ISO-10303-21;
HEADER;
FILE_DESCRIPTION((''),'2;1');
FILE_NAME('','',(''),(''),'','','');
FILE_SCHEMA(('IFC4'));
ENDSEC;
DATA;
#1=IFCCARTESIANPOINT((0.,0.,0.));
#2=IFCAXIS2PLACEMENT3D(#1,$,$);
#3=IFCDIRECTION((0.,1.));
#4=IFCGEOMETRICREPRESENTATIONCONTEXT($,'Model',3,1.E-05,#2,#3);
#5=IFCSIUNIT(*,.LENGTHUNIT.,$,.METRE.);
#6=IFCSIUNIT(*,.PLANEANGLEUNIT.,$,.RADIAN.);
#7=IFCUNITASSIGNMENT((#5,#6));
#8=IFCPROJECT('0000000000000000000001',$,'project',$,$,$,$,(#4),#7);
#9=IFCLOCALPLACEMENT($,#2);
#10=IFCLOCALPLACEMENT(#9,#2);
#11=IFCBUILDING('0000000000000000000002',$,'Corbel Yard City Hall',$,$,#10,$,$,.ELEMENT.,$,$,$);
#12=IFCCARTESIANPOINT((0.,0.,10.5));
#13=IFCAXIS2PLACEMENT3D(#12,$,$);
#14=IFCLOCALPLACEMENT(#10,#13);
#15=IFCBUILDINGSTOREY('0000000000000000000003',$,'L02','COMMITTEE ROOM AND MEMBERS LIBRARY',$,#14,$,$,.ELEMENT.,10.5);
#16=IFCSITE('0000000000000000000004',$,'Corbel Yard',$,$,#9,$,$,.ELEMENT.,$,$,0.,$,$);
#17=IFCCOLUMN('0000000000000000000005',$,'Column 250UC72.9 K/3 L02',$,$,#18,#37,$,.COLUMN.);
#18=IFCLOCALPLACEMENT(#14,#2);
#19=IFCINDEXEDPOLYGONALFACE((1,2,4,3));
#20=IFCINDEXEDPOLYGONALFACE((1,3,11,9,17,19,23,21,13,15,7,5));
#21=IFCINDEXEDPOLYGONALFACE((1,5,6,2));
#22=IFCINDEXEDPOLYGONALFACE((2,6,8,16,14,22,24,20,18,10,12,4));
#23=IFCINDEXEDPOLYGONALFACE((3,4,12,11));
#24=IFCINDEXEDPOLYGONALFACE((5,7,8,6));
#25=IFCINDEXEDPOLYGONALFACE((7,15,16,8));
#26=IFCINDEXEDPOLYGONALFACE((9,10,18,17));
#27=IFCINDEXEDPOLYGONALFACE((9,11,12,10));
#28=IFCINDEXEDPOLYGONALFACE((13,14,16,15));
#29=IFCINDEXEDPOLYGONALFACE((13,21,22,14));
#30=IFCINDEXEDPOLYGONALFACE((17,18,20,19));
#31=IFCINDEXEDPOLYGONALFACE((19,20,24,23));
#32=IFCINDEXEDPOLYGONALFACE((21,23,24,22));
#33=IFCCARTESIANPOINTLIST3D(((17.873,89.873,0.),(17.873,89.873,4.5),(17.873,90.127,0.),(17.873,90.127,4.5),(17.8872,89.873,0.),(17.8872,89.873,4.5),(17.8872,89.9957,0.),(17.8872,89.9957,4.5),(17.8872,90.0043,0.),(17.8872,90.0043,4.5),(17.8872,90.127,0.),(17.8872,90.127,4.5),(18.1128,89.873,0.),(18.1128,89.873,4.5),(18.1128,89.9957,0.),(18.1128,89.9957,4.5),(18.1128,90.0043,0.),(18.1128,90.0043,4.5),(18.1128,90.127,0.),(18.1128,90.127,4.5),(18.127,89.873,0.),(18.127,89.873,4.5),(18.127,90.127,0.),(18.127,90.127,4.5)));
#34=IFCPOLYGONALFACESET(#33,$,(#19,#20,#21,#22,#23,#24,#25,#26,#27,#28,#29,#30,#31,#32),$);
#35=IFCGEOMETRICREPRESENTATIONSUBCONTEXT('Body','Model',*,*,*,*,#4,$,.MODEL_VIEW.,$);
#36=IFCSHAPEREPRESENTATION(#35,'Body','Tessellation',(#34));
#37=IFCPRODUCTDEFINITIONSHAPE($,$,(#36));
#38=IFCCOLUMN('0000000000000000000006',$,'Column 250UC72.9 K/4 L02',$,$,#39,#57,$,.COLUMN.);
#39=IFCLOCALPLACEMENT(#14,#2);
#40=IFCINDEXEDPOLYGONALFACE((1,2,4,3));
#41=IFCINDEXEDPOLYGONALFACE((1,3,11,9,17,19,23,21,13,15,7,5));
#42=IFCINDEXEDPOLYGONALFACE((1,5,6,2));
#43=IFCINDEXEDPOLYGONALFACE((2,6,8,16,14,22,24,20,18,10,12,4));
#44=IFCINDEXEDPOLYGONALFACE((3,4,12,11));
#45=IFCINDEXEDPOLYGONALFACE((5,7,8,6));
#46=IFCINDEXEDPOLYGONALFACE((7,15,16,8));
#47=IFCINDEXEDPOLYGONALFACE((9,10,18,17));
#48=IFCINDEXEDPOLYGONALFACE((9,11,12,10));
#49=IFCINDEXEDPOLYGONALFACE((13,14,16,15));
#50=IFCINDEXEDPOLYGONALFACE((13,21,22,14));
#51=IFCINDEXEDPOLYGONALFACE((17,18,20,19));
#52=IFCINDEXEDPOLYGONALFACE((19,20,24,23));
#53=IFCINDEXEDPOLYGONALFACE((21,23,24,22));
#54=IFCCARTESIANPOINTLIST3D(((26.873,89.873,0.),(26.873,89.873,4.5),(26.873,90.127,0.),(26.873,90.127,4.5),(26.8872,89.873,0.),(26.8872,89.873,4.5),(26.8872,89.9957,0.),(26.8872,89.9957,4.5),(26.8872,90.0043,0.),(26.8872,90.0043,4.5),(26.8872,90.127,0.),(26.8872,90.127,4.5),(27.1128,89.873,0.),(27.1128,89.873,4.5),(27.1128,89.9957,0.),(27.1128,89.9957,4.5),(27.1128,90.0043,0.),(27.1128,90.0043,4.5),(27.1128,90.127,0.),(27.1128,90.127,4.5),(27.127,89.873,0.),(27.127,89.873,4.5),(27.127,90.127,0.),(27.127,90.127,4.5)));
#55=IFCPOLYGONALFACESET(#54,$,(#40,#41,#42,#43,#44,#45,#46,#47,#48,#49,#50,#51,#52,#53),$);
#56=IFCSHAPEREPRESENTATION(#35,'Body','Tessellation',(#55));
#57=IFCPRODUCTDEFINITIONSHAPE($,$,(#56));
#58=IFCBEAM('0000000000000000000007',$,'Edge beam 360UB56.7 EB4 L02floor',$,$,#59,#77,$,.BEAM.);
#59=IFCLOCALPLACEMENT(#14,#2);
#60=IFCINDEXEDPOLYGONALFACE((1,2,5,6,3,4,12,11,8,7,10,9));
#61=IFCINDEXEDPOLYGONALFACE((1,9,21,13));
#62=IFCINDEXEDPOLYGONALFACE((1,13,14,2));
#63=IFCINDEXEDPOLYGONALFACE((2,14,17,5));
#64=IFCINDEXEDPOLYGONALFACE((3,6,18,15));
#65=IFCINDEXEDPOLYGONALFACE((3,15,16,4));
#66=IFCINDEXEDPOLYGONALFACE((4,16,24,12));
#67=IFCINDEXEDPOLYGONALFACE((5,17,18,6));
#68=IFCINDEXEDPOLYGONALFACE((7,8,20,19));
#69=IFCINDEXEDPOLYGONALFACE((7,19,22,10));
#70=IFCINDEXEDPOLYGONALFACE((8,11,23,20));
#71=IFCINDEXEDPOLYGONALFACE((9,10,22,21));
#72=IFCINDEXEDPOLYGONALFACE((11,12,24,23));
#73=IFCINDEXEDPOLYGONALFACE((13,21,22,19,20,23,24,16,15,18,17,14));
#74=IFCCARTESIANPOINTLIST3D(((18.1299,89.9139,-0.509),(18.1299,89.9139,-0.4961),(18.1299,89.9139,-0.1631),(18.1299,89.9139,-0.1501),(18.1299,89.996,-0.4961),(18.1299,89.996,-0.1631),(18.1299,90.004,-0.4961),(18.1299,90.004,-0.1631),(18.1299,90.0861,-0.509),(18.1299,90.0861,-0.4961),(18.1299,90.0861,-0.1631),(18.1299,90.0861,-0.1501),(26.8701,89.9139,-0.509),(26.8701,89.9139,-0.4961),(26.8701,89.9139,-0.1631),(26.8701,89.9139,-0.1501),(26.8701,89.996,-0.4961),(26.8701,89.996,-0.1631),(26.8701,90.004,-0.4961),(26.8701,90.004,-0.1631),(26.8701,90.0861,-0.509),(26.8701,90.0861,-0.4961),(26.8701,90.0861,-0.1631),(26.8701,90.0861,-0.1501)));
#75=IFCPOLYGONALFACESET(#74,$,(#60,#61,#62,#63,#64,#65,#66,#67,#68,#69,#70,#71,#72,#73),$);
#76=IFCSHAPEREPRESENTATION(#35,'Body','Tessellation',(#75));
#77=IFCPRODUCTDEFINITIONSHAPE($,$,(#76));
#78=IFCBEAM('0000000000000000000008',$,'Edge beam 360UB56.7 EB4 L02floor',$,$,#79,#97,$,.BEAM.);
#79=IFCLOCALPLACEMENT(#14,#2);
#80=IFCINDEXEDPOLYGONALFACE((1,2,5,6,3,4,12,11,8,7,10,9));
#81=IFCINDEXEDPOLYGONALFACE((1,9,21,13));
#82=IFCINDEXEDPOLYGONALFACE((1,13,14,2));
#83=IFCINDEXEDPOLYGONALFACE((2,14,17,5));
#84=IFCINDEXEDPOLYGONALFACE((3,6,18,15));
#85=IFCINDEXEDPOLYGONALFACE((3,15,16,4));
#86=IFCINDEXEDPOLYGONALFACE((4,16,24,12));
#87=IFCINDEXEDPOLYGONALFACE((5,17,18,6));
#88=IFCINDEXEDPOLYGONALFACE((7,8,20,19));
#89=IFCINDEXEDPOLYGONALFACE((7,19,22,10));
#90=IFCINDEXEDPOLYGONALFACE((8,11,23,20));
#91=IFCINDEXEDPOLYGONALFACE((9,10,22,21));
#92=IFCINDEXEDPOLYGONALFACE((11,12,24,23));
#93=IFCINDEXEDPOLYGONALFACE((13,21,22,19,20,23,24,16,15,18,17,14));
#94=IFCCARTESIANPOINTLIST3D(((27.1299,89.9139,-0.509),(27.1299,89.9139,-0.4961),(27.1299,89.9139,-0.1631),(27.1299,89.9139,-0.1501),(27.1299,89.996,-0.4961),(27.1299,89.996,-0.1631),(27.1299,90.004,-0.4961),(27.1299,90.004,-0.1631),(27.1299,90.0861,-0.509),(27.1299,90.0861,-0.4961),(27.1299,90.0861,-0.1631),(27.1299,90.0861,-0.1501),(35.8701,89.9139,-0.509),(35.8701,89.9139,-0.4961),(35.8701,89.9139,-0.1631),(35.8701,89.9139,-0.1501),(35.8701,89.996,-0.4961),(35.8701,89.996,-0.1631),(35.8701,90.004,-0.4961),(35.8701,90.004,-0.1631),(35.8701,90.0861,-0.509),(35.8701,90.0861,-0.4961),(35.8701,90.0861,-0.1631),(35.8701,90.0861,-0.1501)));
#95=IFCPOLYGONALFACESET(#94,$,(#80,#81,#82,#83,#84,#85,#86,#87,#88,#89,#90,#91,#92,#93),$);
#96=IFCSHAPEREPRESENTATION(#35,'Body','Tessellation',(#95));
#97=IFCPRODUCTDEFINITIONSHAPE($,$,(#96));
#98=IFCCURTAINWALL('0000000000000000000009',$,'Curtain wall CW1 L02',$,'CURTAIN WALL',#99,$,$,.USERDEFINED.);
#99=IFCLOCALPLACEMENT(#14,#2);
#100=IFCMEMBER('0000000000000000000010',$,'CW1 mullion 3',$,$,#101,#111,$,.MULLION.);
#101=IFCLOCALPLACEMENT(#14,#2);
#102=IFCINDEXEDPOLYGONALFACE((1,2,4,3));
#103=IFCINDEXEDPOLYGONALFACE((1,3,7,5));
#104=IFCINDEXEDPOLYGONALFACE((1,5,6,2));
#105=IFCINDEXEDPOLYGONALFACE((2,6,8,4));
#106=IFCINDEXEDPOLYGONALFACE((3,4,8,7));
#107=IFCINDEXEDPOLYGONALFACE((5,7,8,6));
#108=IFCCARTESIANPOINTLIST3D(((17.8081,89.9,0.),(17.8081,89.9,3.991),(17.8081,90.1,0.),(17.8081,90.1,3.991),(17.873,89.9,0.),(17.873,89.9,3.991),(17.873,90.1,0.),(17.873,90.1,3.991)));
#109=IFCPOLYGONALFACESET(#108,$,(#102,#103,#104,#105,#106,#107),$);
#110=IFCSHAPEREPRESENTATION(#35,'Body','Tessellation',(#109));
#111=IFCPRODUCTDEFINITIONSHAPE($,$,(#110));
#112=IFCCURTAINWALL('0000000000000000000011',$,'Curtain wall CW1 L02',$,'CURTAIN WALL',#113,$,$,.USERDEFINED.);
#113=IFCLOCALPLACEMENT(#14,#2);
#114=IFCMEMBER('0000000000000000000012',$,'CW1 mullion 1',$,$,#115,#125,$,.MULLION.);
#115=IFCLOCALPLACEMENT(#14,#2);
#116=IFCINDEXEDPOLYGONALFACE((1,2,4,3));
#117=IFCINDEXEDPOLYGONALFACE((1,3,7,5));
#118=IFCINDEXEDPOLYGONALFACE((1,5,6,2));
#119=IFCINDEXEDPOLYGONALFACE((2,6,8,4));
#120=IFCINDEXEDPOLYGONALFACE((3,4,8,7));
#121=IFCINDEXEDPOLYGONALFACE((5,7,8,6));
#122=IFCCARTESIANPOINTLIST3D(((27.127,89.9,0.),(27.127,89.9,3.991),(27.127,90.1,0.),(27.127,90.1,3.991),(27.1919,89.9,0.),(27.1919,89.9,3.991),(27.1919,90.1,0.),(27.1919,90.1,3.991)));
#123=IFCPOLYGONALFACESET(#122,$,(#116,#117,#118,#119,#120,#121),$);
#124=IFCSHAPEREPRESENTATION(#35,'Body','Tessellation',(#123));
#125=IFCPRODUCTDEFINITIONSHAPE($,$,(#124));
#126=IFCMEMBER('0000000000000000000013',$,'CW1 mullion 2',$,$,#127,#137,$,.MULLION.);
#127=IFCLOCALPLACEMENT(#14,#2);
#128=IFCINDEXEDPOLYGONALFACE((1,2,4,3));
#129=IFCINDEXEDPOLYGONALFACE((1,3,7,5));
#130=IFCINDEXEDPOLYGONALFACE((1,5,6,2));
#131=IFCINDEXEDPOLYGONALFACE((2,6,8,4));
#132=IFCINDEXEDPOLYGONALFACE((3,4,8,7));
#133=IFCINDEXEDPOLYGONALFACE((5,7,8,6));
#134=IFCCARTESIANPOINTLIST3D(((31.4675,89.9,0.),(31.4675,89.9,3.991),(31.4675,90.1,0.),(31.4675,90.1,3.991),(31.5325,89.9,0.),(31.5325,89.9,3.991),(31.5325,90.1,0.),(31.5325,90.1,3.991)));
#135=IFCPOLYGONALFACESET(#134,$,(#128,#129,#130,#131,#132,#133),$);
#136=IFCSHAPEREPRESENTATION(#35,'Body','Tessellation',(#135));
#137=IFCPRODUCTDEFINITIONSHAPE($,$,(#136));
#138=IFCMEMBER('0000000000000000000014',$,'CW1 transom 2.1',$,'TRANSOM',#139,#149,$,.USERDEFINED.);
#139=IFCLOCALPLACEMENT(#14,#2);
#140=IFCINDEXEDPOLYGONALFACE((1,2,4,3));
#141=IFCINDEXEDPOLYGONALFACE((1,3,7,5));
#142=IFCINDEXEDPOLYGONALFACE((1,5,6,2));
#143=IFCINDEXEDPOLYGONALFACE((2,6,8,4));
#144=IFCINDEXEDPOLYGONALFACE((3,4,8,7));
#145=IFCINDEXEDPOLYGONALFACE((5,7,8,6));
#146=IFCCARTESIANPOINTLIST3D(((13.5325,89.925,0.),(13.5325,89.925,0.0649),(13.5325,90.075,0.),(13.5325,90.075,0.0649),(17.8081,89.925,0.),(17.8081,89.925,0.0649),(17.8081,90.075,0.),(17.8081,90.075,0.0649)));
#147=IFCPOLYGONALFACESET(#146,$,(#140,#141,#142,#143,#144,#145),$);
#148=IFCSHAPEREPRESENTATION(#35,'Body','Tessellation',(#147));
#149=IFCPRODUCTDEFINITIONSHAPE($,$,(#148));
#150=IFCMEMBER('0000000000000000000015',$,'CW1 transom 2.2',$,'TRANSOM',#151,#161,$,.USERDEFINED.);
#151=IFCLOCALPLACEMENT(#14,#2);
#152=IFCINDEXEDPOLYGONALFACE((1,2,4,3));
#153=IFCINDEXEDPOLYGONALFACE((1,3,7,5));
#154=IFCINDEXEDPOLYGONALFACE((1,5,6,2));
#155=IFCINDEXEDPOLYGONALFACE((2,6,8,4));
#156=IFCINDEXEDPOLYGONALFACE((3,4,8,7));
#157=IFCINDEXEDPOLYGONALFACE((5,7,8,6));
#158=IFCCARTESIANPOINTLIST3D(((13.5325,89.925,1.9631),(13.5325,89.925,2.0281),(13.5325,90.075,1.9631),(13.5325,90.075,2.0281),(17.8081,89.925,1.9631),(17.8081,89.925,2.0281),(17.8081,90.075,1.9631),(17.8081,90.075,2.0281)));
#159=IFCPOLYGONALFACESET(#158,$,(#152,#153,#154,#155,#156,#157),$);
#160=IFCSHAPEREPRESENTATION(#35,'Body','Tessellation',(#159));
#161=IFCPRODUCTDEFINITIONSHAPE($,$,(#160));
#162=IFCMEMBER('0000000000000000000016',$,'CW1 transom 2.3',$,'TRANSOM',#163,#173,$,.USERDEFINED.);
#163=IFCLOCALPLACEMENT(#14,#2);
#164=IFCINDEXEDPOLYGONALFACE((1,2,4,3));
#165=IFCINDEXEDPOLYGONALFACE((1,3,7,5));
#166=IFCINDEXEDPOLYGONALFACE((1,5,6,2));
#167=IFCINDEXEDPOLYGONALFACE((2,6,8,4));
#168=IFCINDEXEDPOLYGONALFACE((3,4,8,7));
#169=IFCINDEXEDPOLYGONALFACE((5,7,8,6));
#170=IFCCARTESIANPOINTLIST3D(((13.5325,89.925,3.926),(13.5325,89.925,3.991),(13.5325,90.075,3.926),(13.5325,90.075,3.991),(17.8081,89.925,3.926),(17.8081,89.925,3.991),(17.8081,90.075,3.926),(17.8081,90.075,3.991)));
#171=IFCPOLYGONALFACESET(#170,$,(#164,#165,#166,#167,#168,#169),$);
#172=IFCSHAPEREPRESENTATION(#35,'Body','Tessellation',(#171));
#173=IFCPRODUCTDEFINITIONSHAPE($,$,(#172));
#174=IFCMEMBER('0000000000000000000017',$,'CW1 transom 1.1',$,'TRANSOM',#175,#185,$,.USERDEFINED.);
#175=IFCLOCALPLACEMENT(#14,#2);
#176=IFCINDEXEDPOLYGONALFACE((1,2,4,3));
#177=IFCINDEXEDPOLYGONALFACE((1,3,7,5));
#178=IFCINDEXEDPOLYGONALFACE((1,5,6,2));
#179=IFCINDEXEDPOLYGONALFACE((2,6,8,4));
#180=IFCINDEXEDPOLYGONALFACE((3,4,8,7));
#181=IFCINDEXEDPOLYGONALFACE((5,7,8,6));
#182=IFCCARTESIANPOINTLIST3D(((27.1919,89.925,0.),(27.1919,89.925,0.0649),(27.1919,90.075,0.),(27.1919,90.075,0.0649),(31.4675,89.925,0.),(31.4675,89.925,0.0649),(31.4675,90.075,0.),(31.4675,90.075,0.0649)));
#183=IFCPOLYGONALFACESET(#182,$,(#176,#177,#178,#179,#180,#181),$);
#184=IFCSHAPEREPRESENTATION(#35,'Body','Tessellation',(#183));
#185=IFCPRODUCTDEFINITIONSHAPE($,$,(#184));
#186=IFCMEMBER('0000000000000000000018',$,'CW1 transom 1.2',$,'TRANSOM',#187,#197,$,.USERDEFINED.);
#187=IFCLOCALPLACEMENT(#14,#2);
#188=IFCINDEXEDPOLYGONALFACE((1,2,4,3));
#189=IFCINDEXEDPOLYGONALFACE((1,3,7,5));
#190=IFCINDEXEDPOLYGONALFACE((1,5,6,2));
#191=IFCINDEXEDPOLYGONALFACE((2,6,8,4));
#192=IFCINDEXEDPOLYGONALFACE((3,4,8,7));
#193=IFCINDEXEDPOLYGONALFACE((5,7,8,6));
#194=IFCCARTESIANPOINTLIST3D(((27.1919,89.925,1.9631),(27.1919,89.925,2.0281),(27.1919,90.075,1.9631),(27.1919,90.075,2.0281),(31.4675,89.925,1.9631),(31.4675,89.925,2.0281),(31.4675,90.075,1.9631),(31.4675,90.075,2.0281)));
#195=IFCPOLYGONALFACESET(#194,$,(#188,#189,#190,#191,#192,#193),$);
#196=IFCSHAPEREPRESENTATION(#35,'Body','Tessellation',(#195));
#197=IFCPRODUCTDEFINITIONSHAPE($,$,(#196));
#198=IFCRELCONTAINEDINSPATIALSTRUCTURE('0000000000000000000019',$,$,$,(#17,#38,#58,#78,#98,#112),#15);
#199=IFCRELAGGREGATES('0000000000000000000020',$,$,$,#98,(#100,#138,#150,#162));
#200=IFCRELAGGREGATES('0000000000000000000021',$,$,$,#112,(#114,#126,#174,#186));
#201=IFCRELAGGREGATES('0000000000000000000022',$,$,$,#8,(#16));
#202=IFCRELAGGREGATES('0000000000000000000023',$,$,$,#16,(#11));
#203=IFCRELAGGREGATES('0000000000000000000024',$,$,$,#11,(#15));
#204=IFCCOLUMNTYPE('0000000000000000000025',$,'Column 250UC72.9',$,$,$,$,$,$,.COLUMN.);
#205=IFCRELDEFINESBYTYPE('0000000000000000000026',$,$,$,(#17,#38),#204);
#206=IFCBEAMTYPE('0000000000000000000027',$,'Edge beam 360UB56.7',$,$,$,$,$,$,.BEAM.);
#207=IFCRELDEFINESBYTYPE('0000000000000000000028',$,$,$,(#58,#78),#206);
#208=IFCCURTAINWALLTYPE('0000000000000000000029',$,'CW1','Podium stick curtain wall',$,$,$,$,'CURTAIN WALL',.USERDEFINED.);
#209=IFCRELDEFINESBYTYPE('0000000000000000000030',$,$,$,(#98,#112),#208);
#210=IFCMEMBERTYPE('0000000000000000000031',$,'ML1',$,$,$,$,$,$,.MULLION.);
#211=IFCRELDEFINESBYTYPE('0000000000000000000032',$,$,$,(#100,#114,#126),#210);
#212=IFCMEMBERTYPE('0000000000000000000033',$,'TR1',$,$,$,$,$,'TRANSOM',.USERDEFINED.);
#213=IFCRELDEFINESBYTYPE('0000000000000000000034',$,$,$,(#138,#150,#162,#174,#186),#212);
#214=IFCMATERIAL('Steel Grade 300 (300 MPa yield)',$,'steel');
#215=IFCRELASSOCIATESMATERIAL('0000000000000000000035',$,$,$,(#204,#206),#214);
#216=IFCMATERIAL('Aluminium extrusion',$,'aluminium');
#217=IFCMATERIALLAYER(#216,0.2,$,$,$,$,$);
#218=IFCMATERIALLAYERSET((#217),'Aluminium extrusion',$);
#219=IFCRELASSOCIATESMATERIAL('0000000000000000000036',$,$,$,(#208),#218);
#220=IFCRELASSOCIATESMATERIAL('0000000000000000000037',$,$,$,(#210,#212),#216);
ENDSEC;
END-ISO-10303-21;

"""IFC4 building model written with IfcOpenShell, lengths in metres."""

from ifc_helpers import new_model, si_unit, direction, frame, origin, origin_2d, place, context, subcontext, project, spatial, rectangle, i_section, extrude, material, layer, layer_set, material_profile, profile_set, type_object, element, aggregate, save


model = new_model("IFC4")

# Units and contexts
model_context = context("Model", 3, precision=1e-05, world=origin(), true_north=direction((0.0, 1.0)))
body_context = subcontext(model_context, "Body", "Model", "MODEL_VIEW")
ifc_project = project(units=[si_unit("LENGTHUNIT", "METRE"), si_unit("PLANEANGLEUNIT", "RADIAN")], contexts=[model_context])

# Site, building, storey
site_placement = place(None, origin())
site = spatial("IfcSite", under=ifc_project, at=site_placement, Name="Corbel Yard", CompositionType="ELEMENT", RefElevation=0.0)
building_placement = place(site_placement, origin())
building = spatial("IfcBuilding", under=site, at=building_placement, Name="Corbel Yard City Hall", CompositionType="ELEMENT")
storey_placement = place(building_placement, frame((0.0, 0.0, 10.5)))
storey = spatial("IfcBuildingStorey", under=building, at=storey_placement, Name="L02", Description="COMMITTEE ROOM AND MEMBERS LIBRARY", CompositionType="ELEMENT", Elevation=10.5)

# Columns
ifc_material_1 = material(Name="Steel Grade 300 (300 MPa yield)", Category="steel")
ifc_material_profile_1 = material_profile(ifc_material_1, i_section(OverallWidth=0.2539, OverallDepth=0.2539, WebThickness=0.0085, FlangeThickness=0.0142, at=origin_2d()), Name="250UC72.9")
ifc_profile_set_1 = profile_set([ifc_material_profile_1], Name="Steel Grade 300 (300 MPa yield)")
column_type = type_object("IfcColumnType", Name="Column 250UC72.9", PredefinedType="COLUMN", material=ifc_profile_set_1)
for number, where, z_axis, x_axis, name in (
    (1, (18.0, 90.0, 0.0), (0.0, 0.0, 1.0), (0.0, 1.0, 0.0), "Column 250UC72.9 K/3 L02"),
    (2, (27.0, 90.0, 0.0), (0.0, 0.0, 1.0), (0.0, 1.0, 0.0), "Column 250UC72.9 K/4 L02"),
):
    element("IfcColumn", number, at=place(storey_placement, frame(where, z_axis=z_axis, x_axis=x_axis)), inside=storey, type_object=column_type, Name=name, PredefinedType="COLUMN", context=body_context, shape_type="SweptSolid", body=[
        extrude(i_section(OverallWidth=0.2539, OverallDepth=0.2539, WebThickness=0.0085, FlangeThickness=0.0142, at=origin_2d()), origin(), (0.0, 0.0, 1.0), 4.5),
    ])

# Beams
ifc_material_profile_2 = material_profile(ifc_material_1, i_section(OverallWidth=0.1721, OverallDepth=0.3589, WebThickness=0.0081, FlangeThickness=0.0129, at=origin_2d()), Name="360UB56.7")
ifc_profile_set_2 = profile_set([ifc_material_profile_2], Name="Steel Grade 300 (300 MPa yield)")
beam_type = type_object("IfcBeamType", Name="Edge beam 360UB56.7", PredefinedType="BEAM", material=ifc_profile_set_2)
for number, where, z_axis, x_axis, name in (
    (3, (18.1299, 90.0, -0.3296), (1.0, 0.0, 0.0), (0.0, 1.0, 0.0), "Edge beam 360UB56.7 EB4 L02floor"),
    (4, (27.1299, 90.0, -0.3296), (1.0, 0.0, 0.0), (0.0, 1.0, 0.0), "Edge beam 360UB56.7 EB4 L02floor"),
):
    element("IfcBeam", number, at=place(storey_placement, frame(where, z_axis=z_axis, x_axis=x_axis)), inside=storey, type_object=beam_type, Name=name, PredefinedType="BEAM", context=body_context, shape_type="SweptSolid", body=[
        extrude(i_section(OverallWidth=0.1721, OverallDepth=0.3589, WebThickness=0.0081, FlangeThickness=0.0129, at=origin_2d()), origin(), (0.0, 0.0, 1.0), 8.7402),
    ])

# Curtain wall, member
ifc_material_2 = material(Name="Aluminium extrusion", Category="aluminium")
ifc_layer_1 = layer(ifc_material_2, 0.2)
ifc_layer_set_1 = layer_set([ifc_layer_1], Name="Aluminium extrusion")
curtain_wall_type = type_object("IfcCurtainWallType", Name="CW1", Description="Podium stick curtain wall", ElementType="CURTAIN WALL", PredefinedType="USERDEFINED", material=ifc_layer_set_1)
curtain_wall_1_placement = place(storey_placement, origin())
curtain_wall_1 = element("IfcCurtainWall", 5, at=curtain_wall_1_placement, inside=storey, type_object=curtain_wall_type, Name="Curtain wall CW1 L02", ObjectType="CURTAIN WALL", PredefinedType="USERDEFINED")
ifc_material_profile_3 = material_profile(ifc_material_2, rectangle(XDim=0.2, YDim=0.0649, at=origin_2d()), Name="200x65")
ifc_profile_set_3 = profile_set([ifc_material_profile_3], Name="Aluminium extrusion")
member_type_1 = type_object("IfcMemberType", Name="ML1", PredefinedType="MULLION", material=ifc_profile_set_3)
member_1_placement = place(storey_placement, frame((17.8406, 90.0, 0.0), z_axis=(0.0, 0.0, 1.0), x_axis=(0.0, 1.0, 0.0)))
member_1 = element("IfcMember", 6, at=member_1_placement, type_object=member_type_1, Name="CW1 mullion 3", PredefinedType="MULLION", context=body_context, shape_type="SweptSolid", body=[
    extrude(rectangle(XDim=0.2, YDim=0.0649, at=origin_2d()), origin(), (0.0, 0.0, 1.0), 3.991),
])

# Curtain wall, members
curtain_wall_2_placement = place(storey_placement, origin())
curtain_wall_2 = element("IfcCurtainWall", 7, at=curtain_wall_2_placement, inside=storey, type_object=curtain_wall_type, Name="Curtain wall CW1 L02", ObjectType="CURTAIN WALL", PredefinedType="USERDEFINED")
member_2_placement = place(storey_placement, frame((27.1594, 90.0, 0.0), z_axis=(0.0, 0.0, 1.0), x_axis=(0.0, 1.0, 0.0)))
member_2 = element("IfcMember", 8, at=member_2_placement, type_object=member_type_1, Name="CW1 mullion 1", PredefinedType="MULLION", context=body_context, shape_type="SweptSolid", body=[
    extrude(rectangle(XDim=0.2, YDim=0.0649, at=origin_2d()), origin(), (0.0, 0.0, 1.0), 3.991),
])
member_3_placement = place(storey_placement, frame((31.5, 90.0, 0.0), z_axis=(0.0, 0.0, 1.0), x_axis=(0.0, 1.0, 0.0)))
member_3 = element("IfcMember", 9, at=member_3_placement, type_object=member_type_1, Name="CW1 mullion 2", PredefinedType="MULLION", context=body_context, shape_type="SweptSolid", body=[
    extrude(rectangle(XDim=0.2, YDim=0.0649, at=origin_2d()), origin(), (0.0, 0.0, 1.0), 3.991),
])

# Members
ifc_material_profile_4 = material_profile(ifc_material_2, rectangle(XDim=0.1499, YDim=0.0649, at=origin_2d()), Name="150x65")
ifc_profile_set_4 = profile_set([ifc_material_profile_4], Name="Aluminium extrusion")
member_type_2 = type_object("IfcMemberType", Name="TR1", ElementType="TRANSOM", PredefinedType="USERDEFINED", material=ifc_profile_set_4)
member_4_placement = place(storey_placement, frame((13.5325, 90.0, 0.0325), z_axis=(1.0, 0.0, 0.0), x_axis=(0.0, 1.0, 0.0)))
member_4 = element("IfcMember", 10, at=member_4_placement, type_object=member_type_2, Name="CW1 transom 2.1", ObjectType="TRANSOM", PredefinedType="USERDEFINED", context=body_context, shape_type="SweptSolid", body=[
    extrude(rectangle(XDim=0.1499, YDim=0.0649, at=origin_2d()), origin(), (0.0, 0.0, 1.0), 4.2756),
])
member_5_placement = place(storey_placement, frame((13.5325, 90.0, 1.9956), z_axis=(1.0, 0.0, 0.0), x_axis=(0.0, 1.0, 0.0)))
member_5 = element("IfcMember", 11, at=member_5_placement, type_object=member_type_2, Name="CW1 transom 2.2", ObjectType="TRANSOM", PredefinedType="USERDEFINED", context=body_context, shape_type="SweptSolid", body=[
    extrude(rectangle(XDim=0.1499, YDim=0.0649, at=origin_2d()), origin(), (0.0, 0.0, 1.0), 4.2756),
])
member_6_placement = place(storey_placement, frame((13.5325, 90.0, 3.9585), z_axis=(1.0, 0.0, 0.0), x_axis=(0.0, 1.0, 0.0)))
member_6 = element("IfcMember", 12, at=member_6_placement, type_object=member_type_2, Name="CW1 transom 2.3", ObjectType="TRANSOM", PredefinedType="USERDEFINED", context=body_context, shape_type="SweptSolid", body=[
    extrude(rectangle(XDim=0.1499, YDim=0.0649, at=origin_2d()), origin(), (0.0, 0.0, 1.0), 4.2756),
])
member_7_placement = place(storey_placement, frame((27.1919, 90.0, 0.0325), z_axis=(1.0, 0.0, 0.0), x_axis=(0.0, 1.0, 0.0)))
member_7 = element("IfcMember", 13, at=member_7_placement, type_object=member_type_2, Name="CW1 transom 1.1", ObjectType="TRANSOM", PredefinedType="USERDEFINED", context=body_context, shape_type="SweptSolid", body=[
    extrude(rectangle(XDim=0.1499, YDim=0.0649, at=origin_2d()), origin(), (0.0, 0.0, 1.0), 4.2756),
])
member_8_placement = place(storey_placement, frame((27.1919, 90.0, 1.9956), z_axis=(1.0, 0.0, 0.0), x_axis=(0.0, 1.0, 0.0)))
member_8 = element("IfcMember", 14, at=member_8_placement, type_object=member_type_2, Name="CW1 transom 1.2", ObjectType="TRANSOM", PredefinedType="USERDEFINED", context=body_context, shape_type="SweptSolid", body=[
    extrude(rectangle(XDim=0.1499, YDim=0.0649, at=origin_2d()), origin(), (0.0, 0.0, 1.0), 4.2756),
])

aggregate(curtain_wall_1, [member_1, member_4, member_5, member_6])
aggregate(curtain_wall_2, [member_2, member_3, member_7, member_8])

save(model, "model.ifc")
